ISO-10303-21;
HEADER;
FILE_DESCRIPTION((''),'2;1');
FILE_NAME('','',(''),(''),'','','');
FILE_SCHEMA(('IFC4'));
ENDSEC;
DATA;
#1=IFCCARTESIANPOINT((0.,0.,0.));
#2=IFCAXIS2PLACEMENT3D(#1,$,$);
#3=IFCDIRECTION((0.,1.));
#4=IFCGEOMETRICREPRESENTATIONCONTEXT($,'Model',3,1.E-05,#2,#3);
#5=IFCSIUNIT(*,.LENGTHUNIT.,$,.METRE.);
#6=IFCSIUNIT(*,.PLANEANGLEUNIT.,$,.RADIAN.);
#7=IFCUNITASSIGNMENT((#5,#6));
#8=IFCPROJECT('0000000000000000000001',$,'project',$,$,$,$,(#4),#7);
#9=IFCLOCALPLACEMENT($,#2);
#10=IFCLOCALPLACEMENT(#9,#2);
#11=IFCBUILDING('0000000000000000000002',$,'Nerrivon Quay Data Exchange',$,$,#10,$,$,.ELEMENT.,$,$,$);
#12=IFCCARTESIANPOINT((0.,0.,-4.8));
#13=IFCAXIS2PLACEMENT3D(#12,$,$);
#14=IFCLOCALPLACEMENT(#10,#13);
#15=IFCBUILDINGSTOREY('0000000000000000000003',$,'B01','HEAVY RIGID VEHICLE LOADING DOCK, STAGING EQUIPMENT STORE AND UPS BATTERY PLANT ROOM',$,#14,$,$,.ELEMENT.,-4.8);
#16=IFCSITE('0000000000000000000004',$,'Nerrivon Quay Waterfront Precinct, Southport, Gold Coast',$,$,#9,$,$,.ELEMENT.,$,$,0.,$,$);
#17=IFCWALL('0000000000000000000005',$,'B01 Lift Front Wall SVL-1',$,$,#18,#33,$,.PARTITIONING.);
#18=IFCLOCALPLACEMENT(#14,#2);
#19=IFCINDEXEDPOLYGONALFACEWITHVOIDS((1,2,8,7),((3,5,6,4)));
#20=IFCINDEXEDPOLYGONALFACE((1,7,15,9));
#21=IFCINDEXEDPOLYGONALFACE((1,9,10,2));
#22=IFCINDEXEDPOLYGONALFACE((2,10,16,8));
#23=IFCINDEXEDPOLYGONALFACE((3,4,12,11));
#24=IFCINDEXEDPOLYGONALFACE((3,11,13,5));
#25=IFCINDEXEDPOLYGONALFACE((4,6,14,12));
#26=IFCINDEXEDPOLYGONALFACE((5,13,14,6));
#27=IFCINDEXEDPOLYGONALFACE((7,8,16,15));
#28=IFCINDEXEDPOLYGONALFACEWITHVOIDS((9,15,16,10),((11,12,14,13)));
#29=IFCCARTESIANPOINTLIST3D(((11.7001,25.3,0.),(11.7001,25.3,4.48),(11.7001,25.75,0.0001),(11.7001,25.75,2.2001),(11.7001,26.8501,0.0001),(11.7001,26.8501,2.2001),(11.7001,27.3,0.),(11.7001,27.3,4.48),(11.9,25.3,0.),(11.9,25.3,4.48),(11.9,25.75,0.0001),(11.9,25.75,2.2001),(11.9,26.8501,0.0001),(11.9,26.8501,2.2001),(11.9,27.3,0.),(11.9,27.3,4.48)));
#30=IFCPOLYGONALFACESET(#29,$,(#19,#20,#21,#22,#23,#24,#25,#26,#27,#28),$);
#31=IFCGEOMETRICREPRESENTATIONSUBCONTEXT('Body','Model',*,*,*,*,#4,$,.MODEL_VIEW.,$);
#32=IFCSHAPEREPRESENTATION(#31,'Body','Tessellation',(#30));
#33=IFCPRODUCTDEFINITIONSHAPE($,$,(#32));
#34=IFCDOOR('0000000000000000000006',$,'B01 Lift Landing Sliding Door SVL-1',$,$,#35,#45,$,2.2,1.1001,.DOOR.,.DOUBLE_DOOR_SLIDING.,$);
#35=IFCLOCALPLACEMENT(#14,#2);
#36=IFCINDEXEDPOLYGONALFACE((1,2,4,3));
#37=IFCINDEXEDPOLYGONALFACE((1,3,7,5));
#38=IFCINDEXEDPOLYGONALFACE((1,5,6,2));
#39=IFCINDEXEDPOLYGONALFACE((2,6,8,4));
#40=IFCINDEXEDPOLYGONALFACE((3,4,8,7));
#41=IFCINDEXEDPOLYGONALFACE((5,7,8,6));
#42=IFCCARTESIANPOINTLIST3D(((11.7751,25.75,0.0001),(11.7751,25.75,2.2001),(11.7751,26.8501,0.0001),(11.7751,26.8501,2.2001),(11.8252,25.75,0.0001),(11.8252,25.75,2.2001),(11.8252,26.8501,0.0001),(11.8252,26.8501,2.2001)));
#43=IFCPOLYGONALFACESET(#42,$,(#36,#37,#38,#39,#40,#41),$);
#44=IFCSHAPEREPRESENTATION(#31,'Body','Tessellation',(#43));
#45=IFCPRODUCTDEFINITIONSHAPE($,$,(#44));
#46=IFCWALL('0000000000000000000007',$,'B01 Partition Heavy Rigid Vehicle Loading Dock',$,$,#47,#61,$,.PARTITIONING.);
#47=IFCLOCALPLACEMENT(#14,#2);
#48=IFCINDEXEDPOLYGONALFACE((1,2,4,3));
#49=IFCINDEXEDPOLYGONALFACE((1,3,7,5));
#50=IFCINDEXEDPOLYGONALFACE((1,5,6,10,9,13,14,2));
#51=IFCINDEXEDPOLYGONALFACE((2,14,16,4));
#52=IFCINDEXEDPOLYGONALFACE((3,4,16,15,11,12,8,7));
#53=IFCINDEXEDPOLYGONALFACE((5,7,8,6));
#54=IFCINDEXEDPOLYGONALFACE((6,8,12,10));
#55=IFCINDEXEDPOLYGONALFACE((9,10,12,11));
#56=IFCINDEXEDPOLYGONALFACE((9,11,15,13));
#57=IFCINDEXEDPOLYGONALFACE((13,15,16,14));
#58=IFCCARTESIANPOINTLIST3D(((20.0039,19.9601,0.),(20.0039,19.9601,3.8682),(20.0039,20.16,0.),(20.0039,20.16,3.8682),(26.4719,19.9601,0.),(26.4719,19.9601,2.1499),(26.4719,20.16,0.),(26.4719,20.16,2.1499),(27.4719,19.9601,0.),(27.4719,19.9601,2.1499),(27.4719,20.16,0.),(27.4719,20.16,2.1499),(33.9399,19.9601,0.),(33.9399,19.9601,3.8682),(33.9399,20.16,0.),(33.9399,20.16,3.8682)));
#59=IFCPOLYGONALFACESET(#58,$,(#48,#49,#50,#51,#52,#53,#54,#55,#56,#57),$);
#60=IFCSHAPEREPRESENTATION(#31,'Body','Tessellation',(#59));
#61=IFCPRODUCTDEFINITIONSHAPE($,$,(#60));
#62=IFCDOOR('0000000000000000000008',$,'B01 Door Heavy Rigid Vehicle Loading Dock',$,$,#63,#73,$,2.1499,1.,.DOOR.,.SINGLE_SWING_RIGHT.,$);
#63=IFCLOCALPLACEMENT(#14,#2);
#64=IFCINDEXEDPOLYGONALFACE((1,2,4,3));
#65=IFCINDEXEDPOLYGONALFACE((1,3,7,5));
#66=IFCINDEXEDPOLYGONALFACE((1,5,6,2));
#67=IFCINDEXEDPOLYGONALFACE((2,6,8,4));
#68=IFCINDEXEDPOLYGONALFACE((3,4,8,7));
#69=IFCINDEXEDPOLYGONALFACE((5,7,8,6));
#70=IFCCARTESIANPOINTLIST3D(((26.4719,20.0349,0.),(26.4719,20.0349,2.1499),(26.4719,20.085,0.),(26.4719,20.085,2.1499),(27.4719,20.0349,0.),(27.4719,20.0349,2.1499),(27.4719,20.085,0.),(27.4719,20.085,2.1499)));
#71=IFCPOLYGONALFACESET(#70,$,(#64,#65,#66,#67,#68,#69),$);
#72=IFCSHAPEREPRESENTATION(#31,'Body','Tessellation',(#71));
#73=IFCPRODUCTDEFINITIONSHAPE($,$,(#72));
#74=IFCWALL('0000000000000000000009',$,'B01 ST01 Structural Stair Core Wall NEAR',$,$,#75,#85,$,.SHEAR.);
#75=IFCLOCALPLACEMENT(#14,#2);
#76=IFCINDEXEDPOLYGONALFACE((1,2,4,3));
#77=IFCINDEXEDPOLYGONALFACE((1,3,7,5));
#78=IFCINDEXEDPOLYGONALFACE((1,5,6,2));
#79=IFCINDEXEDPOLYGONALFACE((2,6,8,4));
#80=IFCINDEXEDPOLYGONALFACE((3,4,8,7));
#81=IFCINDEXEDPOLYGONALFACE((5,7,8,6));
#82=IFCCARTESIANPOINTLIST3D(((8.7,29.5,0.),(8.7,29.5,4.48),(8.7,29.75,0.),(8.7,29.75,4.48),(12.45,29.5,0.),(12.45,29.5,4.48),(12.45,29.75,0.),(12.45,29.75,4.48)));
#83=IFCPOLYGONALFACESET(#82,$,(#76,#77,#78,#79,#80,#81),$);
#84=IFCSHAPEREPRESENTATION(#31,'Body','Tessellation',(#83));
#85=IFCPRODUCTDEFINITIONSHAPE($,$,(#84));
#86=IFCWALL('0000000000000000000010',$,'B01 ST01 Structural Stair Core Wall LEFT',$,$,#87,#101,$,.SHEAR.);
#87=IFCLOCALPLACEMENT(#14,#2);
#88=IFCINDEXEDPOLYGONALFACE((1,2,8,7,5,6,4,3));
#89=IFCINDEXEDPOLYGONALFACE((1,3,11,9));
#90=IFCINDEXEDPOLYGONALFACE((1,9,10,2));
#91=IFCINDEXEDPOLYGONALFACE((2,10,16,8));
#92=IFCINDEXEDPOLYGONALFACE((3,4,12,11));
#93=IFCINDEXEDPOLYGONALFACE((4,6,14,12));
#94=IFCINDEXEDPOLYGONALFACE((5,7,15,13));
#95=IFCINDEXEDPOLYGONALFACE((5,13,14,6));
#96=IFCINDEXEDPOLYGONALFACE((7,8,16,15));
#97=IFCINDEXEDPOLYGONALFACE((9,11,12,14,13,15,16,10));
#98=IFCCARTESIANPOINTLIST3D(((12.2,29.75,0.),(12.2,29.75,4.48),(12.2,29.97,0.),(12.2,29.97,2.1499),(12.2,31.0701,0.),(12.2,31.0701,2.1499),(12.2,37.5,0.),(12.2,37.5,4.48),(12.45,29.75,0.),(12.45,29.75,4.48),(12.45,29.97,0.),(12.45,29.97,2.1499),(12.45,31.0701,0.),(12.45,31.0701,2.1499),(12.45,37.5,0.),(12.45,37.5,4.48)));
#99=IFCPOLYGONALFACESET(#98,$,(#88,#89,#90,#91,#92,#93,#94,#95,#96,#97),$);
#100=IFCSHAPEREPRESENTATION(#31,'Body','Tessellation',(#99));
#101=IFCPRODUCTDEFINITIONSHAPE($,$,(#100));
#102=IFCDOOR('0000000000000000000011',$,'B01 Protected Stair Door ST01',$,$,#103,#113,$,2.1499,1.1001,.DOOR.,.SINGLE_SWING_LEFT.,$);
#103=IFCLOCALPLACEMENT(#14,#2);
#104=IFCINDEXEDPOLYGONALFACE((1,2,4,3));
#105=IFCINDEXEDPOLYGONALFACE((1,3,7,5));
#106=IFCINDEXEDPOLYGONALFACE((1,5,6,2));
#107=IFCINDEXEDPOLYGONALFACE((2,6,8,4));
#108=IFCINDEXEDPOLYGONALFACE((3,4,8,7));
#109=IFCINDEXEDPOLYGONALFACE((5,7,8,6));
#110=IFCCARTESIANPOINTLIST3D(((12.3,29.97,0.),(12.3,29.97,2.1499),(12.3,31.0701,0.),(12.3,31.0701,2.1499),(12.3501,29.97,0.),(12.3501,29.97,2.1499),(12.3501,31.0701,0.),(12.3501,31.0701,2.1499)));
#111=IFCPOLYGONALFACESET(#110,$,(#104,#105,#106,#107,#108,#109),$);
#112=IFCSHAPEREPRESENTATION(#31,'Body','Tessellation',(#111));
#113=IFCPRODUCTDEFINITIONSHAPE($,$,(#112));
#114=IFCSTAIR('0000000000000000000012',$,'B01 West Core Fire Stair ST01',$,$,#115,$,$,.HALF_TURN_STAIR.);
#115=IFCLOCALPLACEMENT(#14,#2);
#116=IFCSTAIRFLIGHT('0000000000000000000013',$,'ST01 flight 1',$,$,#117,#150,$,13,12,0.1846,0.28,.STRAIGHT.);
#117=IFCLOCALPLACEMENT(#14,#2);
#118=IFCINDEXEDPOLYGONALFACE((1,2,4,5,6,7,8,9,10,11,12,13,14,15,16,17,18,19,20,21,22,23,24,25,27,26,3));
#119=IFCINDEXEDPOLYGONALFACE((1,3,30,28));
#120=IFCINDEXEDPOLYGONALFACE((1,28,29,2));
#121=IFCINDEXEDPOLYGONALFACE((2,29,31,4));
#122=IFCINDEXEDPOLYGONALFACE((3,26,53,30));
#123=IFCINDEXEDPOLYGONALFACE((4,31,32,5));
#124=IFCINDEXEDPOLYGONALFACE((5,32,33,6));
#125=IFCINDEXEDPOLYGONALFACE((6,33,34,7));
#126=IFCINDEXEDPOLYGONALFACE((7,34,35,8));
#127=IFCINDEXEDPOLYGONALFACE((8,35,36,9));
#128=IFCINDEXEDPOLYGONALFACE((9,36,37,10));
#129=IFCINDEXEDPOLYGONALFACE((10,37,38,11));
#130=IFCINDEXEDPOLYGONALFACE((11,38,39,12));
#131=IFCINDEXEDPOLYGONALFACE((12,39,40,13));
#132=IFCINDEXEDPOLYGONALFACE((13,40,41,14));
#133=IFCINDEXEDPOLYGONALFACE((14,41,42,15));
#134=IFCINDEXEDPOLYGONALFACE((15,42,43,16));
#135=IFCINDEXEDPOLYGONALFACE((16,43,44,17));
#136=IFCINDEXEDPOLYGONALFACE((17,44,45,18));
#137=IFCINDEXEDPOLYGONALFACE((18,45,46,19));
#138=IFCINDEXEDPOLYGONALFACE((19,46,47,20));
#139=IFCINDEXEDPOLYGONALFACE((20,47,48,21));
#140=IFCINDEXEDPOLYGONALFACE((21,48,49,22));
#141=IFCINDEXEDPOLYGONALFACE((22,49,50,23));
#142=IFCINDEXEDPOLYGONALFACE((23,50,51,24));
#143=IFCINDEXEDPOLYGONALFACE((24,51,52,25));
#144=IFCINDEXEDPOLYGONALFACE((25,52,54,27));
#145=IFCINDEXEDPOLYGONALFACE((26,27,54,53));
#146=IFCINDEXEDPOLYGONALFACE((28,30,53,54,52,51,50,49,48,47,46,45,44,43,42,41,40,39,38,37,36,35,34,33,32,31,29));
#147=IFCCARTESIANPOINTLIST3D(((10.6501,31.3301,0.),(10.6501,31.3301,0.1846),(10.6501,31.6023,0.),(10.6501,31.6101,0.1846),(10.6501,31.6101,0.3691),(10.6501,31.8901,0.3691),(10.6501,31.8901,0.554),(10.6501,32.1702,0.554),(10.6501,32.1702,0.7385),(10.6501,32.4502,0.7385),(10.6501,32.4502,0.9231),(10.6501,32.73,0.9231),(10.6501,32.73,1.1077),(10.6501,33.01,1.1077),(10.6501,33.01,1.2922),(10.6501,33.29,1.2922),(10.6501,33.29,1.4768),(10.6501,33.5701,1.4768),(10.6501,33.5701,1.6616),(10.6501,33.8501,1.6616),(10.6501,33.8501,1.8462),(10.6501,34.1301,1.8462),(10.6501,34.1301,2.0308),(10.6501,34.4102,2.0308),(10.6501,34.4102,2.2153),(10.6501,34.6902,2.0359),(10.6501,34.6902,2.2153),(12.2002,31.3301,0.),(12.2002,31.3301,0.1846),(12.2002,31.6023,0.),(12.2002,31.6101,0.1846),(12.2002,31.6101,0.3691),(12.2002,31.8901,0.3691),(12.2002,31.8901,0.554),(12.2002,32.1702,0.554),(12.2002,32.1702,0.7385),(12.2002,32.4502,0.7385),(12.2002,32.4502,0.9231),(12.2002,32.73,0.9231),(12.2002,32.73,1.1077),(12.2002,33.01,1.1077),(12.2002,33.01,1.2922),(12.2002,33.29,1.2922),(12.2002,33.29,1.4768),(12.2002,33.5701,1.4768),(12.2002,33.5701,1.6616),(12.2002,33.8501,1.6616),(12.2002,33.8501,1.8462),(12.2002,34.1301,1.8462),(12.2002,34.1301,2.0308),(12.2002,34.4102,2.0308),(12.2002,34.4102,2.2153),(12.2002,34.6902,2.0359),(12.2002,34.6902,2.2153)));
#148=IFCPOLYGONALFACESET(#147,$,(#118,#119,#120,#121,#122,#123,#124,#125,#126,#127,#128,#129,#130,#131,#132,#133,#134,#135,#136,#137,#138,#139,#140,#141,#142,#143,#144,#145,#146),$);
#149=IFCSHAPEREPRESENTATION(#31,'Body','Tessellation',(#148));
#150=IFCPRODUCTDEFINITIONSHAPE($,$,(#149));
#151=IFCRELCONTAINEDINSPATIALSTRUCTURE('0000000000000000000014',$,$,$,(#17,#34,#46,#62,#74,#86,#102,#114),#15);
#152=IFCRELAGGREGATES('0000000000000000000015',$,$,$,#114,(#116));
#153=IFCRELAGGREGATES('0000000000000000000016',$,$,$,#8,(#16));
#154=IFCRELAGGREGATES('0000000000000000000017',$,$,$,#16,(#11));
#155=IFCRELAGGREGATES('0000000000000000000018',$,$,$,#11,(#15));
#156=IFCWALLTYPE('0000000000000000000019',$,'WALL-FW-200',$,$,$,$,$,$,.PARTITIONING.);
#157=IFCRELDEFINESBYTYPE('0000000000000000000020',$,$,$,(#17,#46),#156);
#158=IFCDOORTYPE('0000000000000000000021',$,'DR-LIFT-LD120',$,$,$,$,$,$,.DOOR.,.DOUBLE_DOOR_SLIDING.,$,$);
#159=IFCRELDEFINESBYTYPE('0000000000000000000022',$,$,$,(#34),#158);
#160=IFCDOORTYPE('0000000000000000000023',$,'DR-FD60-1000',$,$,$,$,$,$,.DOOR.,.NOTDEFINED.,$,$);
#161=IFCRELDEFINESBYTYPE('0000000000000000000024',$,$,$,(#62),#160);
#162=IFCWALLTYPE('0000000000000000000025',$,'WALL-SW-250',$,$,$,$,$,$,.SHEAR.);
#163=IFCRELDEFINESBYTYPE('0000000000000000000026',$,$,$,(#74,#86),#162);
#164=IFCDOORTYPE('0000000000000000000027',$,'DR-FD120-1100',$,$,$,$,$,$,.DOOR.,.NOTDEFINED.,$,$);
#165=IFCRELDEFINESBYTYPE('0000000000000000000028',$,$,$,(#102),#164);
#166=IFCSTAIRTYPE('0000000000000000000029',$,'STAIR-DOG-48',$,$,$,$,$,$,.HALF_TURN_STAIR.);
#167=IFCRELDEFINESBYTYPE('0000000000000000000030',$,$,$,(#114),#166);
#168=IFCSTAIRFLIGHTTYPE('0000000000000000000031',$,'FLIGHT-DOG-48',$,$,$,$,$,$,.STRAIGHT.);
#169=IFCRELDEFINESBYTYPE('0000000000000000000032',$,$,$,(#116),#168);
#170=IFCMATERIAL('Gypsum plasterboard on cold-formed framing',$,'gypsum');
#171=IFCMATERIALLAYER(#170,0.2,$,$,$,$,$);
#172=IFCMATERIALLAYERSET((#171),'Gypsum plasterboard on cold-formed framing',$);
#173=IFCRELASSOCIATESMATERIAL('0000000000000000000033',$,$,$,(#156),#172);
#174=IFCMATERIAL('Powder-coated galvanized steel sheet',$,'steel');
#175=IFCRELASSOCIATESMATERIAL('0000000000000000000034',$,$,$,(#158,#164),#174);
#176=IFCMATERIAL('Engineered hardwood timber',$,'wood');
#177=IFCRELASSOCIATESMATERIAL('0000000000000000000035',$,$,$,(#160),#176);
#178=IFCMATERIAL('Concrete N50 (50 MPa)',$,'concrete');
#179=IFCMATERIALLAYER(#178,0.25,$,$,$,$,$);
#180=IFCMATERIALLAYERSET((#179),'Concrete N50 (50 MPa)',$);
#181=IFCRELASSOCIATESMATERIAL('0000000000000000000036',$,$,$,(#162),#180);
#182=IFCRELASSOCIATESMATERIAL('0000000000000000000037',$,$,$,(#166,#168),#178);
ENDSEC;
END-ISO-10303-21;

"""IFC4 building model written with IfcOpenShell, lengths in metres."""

from ifc_helpers import new_model, si_unit, direction, frame, frame_2d, origin, place, context, subcontext, project, spatial, polyline, rectangle, outline, extrude, material, layer, layer_set, type_object, element, fill, aggregate, save


model = new_model("IFC4")

# Units and contexts
model_context = context("Model", 3, precision=1e-05, world=origin(), true_north=direction((0.0, 1.0)))
body_context = subcontext(model_context, "Body", "Model", "MODEL_VIEW")
ifc_project = project(units=[si_unit("LENGTHUNIT", "METRE"), si_unit("PLANEANGLEUNIT", "RADIAN")], contexts=[model_context])

# Site, building, storey
site_placement = place(None, origin())
site = spatial("IfcSite", under=ifc_project, at=site_placement, Name="Nerrivon Quay Waterfront Precinct, Southport, Gold Coast", CompositionType="ELEMENT", RefElevation=0.0)
building_placement = place(site_placement, origin())
building = spatial("IfcBuilding", under=site, at=building_placement, Name="Nerrivon Quay Data Exchange", CompositionType="ELEMENT")
storey_placement = place(building_placement, frame((0.0, 0.0, -4.8)))
storey = spatial("IfcBuildingStorey", under=building, at=storey_placement, Name="B01", Description="HEAVY RIGID VEHICLE LOADING DOCK, STAGING EQUIPMENT STORE AND UPS BATTERY PLANT ROOM", CompositionType="ELEMENT", Elevation=-4.8)

# Walls, openings, doors
ifc_material_1 = material(Name="Gypsum plasterboard on cold-formed framing", Category="gypsum")
ifc_layer_1 = layer(ifc_material_1, 0.2)
ifc_layer_set_1 = layer_set([ifc_layer_1], Name="Gypsum plasterboard on cold-formed framing")
wall_type_1 = type_object("IfcWallType", Name="WALL-FW-200", PredefinedType="PARTITIONING", material=ifc_layer_set_1)
ifc_material_2 = material(Name="Powder-coated galvanized steel sheet", Category="steel")
door_type_1 = type_object("IfcDoorType", Name="DR-LIFT-LD120", OperationType="DOUBLE_DOOR_SLIDING", PredefinedType="DOOR", material=ifc_material_2)
wall_1_placement = place(storey_placement, frame((11.8, 25.3, 0.0), z_axis=(0.0, 0.0, 1.0), x_axis=(0.0, 1.0, 0.0)))
wall_1 = element("IfcWall", 1, at=wall_1_placement, inside=storey, type_object=wall_type_1, Name="B01 Lift Front Wall SVL-1", PredefinedType="PARTITIONING", context=body_context, shape_type="SweptSolid", body=[
    extrude(rectangle(XDim=2.0, YDim=0.2, at=frame_2d((1.0, 0.0))), origin(), (0.0, 0.0, 1.0), 4.48),
])
opening_1_placement = place(wall_1_placement, frame((0.45, 0.0, 0.0)))
opening_1 = element("IfcOpeningElement", 2, at=opening_1_placement, cuts=wall_1, PredefinedType="OPENING", context=body_context, shape_type="SweptSolid", body=[
    extrude(rectangle(XDim=1.1001, YDim=2.2, at=frame_2d((0.55, 1.1001))), frame((0.0, 0.1099, 0.0), z_axis=(0.0, -1.0, 0.0), x_axis=(1.0, 0.0, 0.0)), (0.0, 0.0, 1.0), 0.22),
])
door_1_placement = place(opening_1_placement, origin())
door_1 = element("IfcDoor", 3, at=door_1_placement, inside=storey, type_object=door_type_1, Name="B01 Lift Landing Sliding Door SVL-1", OperationType="DOUBLE_DOOR_SLIDING", OverallHeight=2.2, OverallWidth=1.1001, PredefinedType="DOOR", context=body_context, shape_type="SweptSolid", body=[
    extrude(rectangle(XDim=1.1001, YDim=2.2, at=frame_2d((0.55, 1.1001))), frame((0.0, 0.0249, 0.0), z_axis=(0.0, -1.0, 0.0), x_axis=(1.0, 0.0, 0.0)), (0.0, 0.0, 1.0), 0.05),
])
fill(opening_1, door_1)
wall_2_placement = place(storey_placement, frame((20.0039, 20.0601, 0.0), z_axis=(0.0, 0.0, 1.0), x_axis=(1.0, 0.0, 0.0)))
wall_2 = element("IfcWall", 4, at=wall_2_placement, inside=storey, type_object=wall_type_1, Name="B01 Partition Heavy Rigid Vehicle Loading Dock", PredefinedType="PARTITIONING", context=body_context, shape_type="SweptSolid", body=[
    extrude(rectangle(XDim=13.936, YDim=0.2, at=frame_2d((6.968, 0.0))), origin(), (0.0, 0.0, 1.0), 3.8682),
])
opening_2_placement = place(wall_2_placement, frame((6.468, 0.0, 0.0)))
opening_2 = element("IfcOpeningElement", 5, at=opening_2_placement, cuts=wall_2, PredefinedType="OPENING", context=body_context, shape_type="SweptSolid", body=[
    extrude(rectangle(XDim=1.0, YDim=2.1499, at=frame_2d((0.5, 1.075))), frame((0.0, 0.1099, 0.0), z_axis=(0.0, -1.0, 0.0), x_axis=(1.0, 0.0, 0.0)), (0.0, 0.0, 1.0), 0.22),
])
ifc_material_3 = material(Name="Engineered hardwood timber", Category="wood")
door_type_2 = type_object("IfcDoorType", Name="DR-FD60-1000", OperationType="NOTDEFINED", PredefinedType="DOOR", material=ifc_material_3)
door_2_placement = place(opening_2_placement, origin())
door_2 = element("IfcDoor", 6, at=door_2_placement, inside=storey, type_object=door_type_2, Name="B01 Door Heavy Rigid Vehicle Loading Dock", OperationType="SINGLE_SWING_RIGHT", OverallHeight=2.1499, OverallWidth=1.0, PredefinedType="DOOR", context=body_context, shape_type="SweptSolid", body=[
    extrude(rectangle(XDim=1.0, YDim=2.1499, at=frame_2d((0.5, 1.075))), frame((0.0, 0.0249, 0.0), z_axis=(0.0, -1.0, 0.0), x_axis=(1.0, 0.0, 0.0)), (0.0, 0.0, 1.0), 0.05),
])
fill(opening_2, door_2)

# Wall
ifc_material_4 = material(Name="Concrete N50 (50 MPa)", Category="concrete")
ifc_layer_2 = layer(ifc_material_4, 0.25)
ifc_layer_set_2 = layer_set([ifc_layer_2], Name="Concrete N50 (50 MPa)")
wall_type_2 = type_object("IfcWallType", Name="WALL-SW-250", PredefinedType="SHEAR", material=ifc_layer_set_2)
wall_3_placement = place(storey_placement, frame((12.45, 29.625, 0.0), z_axis=(0.0, 0.0, 1.0), x_axis=(-1.0, 0.0, 0.0)))
element("IfcWall", 7, at=wall_3_placement, inside=storey, type_object=wall_type_2, Name="B01 ST01 Structural Stair Core Wall NEAR", PredefinedType="SHEAR", context=body_context, shape_type="SweptSolid", body=[
    extrude(rectangle(XDim=3.75, YDim=0.25, at=frame_2d((1.875, 0.0))), origin(), (0.0, 0.0, 1.0), 4.48),
])

# Wall, opening, door
wall_4_placement = place(storey_placement, frame((12.325, 29.75, 0.0), z_axis=(0.0, 0.0, 1.0), x_axis=(0.0, 1.0, 0.0)))
wall_4 = element("IfcWall", 8, at=wall_4_placement, inside=storey, type_object=wall_type_2, Name="B01 ST01 Structural Stair Core Wall LEFT", PredefinedType="SHEAR", context=body_context, shape_type="SweptSolid", body=[
    extrude(rectangle(XDim=7.75, YDim=0.25, at=frame_2d((3.875, 0.0))), origin(), (0.0, 0.0, 1.0), 4.48),
])
opening_3_placement = place(wall_4_placement, frame((0.22, 0.0, 0.0)))
opening_3 = element("IfcOpeningElement", 9, at=opening_3_placement, cuts=wall_4, PredefinedType="OPENING", context=body_context, shape_type="SweptSolid", body=[
    extrude(rectangle(XDim=1.1001, YDim=2.1499, at=frame_2d((0.55, 1.075))), frame((0.0, 0.135, 0.0), z_axis=(0.0, -1.0, 0.0), x_axis=(1.0, 0.0, 0.0)), (0.0, 0.0, 1.0), 0.27),
])
door_type_3 = type_object("IfcDoorType", Name="DR-FD120-1100", OperationType="NOTDEFINED", PredefinedType="DOOR", material=ifc_material_2)
door_3_placement = place(opening_3_placement, origin())
door_3 = element("IfcDoor", 10, at=door_3_placement, inside=storey, type_object=door_type_3, Name="B01 Protected Stair Door ST01", OperationType="SINGLE_SWING_LEFT", OverallHeight=2.1499, OverallWidth=1.1001, PredefinedType="DOOR", context=body_context, shape_type="SweptSolid", body=[
    extrude(rectangle(XDim=1.1001, YDim=2.1499, at=frame_2d((0.55, 1.075))), frame((0.0, 0.0249, 0.0), z_axis=(0.0, -1.0, 0.0), x_axis=(1.0, 0.0, 0.0)), (0.0, 0.0, 1.0), 0.05),
])
fill(opening_3, door_3)

# Stair, stair flight
stair_type = type_object("IfcStairType", Name="STAIR-DOG-48", PredefinedType="HALF_TURN_STAIR", material=ifc_material_4)
stair_placement = place(storey_placement, origin())
stair = element("IfcStair", 11, at=stair_placement, inside=storey, type_object=stair_type, Name="B01 West Core Fire Stair ST01", PredefinedType="HALF_TURN_STAIR")
stair_flight_type = type_object("IfcStairFlightType", Name="FLIGHT-DOG-48", PredefinedType="STRAIGHT", material=ifc_material_4)
stair_flight_placement = place(storey_placement, frame((11.425, 31.3301, 0.0), z_axis=(0.0, 0.0, 1.0), x_axis=(0.0, 1.0, 0.0)))
stair_flight = element("IfcStairFlight", 12, at=stair_flight_placement, type_object=stair_flight_type, Name="ST01 flight 1", NumberOfRisers=13, NumberOfTreads=12, PredefinedType="STRAIGHT", RiserHeight=0.1846, TreadLength=0.28, context=body_context, shape_type="SweptSolid", body=[
    extrude(outline(polyline([(0.0, 0.0), (0.0, 0.1846), (0.28, 0.1846), (0.28, 0.3691), (0.5601, 0.3691), (0.5601, 0.554), (0.8401, 0.554), (0.8401, 0.7385), (1.1201, 0.7385), (1.1201, 0.9231), (1.3999, 0.9231), (1.3999, 1.1077), (1.6799, 1.1077), (1.6799, 1.2922), (1.96, 1.2922), (1.96, 1.4768), (2.24, 1.4768), (2.24, 1.6616), (2.52, 1.6616), (2.52, 1.8462), (2.8, 1.8462), (2.8, 2.0308), (3.0801, 2.0308), (3.0801, 2.2153), (3.3601, 2.2153), (3.3601, 2.3999), (3.3601, 2.0359), (0.2722, 0.0), (0.0, 0.0)])), frame((0.0, 0.7749, 0.0), z_axis=(0.0, -1.0, 0.0), x_axis=(1.0, 0.0, 0.0)), (0.0, 0.0, 1.0), 1.55),
])
aggregate(stair, [stair_flight])

save(model, "model.ifc")
